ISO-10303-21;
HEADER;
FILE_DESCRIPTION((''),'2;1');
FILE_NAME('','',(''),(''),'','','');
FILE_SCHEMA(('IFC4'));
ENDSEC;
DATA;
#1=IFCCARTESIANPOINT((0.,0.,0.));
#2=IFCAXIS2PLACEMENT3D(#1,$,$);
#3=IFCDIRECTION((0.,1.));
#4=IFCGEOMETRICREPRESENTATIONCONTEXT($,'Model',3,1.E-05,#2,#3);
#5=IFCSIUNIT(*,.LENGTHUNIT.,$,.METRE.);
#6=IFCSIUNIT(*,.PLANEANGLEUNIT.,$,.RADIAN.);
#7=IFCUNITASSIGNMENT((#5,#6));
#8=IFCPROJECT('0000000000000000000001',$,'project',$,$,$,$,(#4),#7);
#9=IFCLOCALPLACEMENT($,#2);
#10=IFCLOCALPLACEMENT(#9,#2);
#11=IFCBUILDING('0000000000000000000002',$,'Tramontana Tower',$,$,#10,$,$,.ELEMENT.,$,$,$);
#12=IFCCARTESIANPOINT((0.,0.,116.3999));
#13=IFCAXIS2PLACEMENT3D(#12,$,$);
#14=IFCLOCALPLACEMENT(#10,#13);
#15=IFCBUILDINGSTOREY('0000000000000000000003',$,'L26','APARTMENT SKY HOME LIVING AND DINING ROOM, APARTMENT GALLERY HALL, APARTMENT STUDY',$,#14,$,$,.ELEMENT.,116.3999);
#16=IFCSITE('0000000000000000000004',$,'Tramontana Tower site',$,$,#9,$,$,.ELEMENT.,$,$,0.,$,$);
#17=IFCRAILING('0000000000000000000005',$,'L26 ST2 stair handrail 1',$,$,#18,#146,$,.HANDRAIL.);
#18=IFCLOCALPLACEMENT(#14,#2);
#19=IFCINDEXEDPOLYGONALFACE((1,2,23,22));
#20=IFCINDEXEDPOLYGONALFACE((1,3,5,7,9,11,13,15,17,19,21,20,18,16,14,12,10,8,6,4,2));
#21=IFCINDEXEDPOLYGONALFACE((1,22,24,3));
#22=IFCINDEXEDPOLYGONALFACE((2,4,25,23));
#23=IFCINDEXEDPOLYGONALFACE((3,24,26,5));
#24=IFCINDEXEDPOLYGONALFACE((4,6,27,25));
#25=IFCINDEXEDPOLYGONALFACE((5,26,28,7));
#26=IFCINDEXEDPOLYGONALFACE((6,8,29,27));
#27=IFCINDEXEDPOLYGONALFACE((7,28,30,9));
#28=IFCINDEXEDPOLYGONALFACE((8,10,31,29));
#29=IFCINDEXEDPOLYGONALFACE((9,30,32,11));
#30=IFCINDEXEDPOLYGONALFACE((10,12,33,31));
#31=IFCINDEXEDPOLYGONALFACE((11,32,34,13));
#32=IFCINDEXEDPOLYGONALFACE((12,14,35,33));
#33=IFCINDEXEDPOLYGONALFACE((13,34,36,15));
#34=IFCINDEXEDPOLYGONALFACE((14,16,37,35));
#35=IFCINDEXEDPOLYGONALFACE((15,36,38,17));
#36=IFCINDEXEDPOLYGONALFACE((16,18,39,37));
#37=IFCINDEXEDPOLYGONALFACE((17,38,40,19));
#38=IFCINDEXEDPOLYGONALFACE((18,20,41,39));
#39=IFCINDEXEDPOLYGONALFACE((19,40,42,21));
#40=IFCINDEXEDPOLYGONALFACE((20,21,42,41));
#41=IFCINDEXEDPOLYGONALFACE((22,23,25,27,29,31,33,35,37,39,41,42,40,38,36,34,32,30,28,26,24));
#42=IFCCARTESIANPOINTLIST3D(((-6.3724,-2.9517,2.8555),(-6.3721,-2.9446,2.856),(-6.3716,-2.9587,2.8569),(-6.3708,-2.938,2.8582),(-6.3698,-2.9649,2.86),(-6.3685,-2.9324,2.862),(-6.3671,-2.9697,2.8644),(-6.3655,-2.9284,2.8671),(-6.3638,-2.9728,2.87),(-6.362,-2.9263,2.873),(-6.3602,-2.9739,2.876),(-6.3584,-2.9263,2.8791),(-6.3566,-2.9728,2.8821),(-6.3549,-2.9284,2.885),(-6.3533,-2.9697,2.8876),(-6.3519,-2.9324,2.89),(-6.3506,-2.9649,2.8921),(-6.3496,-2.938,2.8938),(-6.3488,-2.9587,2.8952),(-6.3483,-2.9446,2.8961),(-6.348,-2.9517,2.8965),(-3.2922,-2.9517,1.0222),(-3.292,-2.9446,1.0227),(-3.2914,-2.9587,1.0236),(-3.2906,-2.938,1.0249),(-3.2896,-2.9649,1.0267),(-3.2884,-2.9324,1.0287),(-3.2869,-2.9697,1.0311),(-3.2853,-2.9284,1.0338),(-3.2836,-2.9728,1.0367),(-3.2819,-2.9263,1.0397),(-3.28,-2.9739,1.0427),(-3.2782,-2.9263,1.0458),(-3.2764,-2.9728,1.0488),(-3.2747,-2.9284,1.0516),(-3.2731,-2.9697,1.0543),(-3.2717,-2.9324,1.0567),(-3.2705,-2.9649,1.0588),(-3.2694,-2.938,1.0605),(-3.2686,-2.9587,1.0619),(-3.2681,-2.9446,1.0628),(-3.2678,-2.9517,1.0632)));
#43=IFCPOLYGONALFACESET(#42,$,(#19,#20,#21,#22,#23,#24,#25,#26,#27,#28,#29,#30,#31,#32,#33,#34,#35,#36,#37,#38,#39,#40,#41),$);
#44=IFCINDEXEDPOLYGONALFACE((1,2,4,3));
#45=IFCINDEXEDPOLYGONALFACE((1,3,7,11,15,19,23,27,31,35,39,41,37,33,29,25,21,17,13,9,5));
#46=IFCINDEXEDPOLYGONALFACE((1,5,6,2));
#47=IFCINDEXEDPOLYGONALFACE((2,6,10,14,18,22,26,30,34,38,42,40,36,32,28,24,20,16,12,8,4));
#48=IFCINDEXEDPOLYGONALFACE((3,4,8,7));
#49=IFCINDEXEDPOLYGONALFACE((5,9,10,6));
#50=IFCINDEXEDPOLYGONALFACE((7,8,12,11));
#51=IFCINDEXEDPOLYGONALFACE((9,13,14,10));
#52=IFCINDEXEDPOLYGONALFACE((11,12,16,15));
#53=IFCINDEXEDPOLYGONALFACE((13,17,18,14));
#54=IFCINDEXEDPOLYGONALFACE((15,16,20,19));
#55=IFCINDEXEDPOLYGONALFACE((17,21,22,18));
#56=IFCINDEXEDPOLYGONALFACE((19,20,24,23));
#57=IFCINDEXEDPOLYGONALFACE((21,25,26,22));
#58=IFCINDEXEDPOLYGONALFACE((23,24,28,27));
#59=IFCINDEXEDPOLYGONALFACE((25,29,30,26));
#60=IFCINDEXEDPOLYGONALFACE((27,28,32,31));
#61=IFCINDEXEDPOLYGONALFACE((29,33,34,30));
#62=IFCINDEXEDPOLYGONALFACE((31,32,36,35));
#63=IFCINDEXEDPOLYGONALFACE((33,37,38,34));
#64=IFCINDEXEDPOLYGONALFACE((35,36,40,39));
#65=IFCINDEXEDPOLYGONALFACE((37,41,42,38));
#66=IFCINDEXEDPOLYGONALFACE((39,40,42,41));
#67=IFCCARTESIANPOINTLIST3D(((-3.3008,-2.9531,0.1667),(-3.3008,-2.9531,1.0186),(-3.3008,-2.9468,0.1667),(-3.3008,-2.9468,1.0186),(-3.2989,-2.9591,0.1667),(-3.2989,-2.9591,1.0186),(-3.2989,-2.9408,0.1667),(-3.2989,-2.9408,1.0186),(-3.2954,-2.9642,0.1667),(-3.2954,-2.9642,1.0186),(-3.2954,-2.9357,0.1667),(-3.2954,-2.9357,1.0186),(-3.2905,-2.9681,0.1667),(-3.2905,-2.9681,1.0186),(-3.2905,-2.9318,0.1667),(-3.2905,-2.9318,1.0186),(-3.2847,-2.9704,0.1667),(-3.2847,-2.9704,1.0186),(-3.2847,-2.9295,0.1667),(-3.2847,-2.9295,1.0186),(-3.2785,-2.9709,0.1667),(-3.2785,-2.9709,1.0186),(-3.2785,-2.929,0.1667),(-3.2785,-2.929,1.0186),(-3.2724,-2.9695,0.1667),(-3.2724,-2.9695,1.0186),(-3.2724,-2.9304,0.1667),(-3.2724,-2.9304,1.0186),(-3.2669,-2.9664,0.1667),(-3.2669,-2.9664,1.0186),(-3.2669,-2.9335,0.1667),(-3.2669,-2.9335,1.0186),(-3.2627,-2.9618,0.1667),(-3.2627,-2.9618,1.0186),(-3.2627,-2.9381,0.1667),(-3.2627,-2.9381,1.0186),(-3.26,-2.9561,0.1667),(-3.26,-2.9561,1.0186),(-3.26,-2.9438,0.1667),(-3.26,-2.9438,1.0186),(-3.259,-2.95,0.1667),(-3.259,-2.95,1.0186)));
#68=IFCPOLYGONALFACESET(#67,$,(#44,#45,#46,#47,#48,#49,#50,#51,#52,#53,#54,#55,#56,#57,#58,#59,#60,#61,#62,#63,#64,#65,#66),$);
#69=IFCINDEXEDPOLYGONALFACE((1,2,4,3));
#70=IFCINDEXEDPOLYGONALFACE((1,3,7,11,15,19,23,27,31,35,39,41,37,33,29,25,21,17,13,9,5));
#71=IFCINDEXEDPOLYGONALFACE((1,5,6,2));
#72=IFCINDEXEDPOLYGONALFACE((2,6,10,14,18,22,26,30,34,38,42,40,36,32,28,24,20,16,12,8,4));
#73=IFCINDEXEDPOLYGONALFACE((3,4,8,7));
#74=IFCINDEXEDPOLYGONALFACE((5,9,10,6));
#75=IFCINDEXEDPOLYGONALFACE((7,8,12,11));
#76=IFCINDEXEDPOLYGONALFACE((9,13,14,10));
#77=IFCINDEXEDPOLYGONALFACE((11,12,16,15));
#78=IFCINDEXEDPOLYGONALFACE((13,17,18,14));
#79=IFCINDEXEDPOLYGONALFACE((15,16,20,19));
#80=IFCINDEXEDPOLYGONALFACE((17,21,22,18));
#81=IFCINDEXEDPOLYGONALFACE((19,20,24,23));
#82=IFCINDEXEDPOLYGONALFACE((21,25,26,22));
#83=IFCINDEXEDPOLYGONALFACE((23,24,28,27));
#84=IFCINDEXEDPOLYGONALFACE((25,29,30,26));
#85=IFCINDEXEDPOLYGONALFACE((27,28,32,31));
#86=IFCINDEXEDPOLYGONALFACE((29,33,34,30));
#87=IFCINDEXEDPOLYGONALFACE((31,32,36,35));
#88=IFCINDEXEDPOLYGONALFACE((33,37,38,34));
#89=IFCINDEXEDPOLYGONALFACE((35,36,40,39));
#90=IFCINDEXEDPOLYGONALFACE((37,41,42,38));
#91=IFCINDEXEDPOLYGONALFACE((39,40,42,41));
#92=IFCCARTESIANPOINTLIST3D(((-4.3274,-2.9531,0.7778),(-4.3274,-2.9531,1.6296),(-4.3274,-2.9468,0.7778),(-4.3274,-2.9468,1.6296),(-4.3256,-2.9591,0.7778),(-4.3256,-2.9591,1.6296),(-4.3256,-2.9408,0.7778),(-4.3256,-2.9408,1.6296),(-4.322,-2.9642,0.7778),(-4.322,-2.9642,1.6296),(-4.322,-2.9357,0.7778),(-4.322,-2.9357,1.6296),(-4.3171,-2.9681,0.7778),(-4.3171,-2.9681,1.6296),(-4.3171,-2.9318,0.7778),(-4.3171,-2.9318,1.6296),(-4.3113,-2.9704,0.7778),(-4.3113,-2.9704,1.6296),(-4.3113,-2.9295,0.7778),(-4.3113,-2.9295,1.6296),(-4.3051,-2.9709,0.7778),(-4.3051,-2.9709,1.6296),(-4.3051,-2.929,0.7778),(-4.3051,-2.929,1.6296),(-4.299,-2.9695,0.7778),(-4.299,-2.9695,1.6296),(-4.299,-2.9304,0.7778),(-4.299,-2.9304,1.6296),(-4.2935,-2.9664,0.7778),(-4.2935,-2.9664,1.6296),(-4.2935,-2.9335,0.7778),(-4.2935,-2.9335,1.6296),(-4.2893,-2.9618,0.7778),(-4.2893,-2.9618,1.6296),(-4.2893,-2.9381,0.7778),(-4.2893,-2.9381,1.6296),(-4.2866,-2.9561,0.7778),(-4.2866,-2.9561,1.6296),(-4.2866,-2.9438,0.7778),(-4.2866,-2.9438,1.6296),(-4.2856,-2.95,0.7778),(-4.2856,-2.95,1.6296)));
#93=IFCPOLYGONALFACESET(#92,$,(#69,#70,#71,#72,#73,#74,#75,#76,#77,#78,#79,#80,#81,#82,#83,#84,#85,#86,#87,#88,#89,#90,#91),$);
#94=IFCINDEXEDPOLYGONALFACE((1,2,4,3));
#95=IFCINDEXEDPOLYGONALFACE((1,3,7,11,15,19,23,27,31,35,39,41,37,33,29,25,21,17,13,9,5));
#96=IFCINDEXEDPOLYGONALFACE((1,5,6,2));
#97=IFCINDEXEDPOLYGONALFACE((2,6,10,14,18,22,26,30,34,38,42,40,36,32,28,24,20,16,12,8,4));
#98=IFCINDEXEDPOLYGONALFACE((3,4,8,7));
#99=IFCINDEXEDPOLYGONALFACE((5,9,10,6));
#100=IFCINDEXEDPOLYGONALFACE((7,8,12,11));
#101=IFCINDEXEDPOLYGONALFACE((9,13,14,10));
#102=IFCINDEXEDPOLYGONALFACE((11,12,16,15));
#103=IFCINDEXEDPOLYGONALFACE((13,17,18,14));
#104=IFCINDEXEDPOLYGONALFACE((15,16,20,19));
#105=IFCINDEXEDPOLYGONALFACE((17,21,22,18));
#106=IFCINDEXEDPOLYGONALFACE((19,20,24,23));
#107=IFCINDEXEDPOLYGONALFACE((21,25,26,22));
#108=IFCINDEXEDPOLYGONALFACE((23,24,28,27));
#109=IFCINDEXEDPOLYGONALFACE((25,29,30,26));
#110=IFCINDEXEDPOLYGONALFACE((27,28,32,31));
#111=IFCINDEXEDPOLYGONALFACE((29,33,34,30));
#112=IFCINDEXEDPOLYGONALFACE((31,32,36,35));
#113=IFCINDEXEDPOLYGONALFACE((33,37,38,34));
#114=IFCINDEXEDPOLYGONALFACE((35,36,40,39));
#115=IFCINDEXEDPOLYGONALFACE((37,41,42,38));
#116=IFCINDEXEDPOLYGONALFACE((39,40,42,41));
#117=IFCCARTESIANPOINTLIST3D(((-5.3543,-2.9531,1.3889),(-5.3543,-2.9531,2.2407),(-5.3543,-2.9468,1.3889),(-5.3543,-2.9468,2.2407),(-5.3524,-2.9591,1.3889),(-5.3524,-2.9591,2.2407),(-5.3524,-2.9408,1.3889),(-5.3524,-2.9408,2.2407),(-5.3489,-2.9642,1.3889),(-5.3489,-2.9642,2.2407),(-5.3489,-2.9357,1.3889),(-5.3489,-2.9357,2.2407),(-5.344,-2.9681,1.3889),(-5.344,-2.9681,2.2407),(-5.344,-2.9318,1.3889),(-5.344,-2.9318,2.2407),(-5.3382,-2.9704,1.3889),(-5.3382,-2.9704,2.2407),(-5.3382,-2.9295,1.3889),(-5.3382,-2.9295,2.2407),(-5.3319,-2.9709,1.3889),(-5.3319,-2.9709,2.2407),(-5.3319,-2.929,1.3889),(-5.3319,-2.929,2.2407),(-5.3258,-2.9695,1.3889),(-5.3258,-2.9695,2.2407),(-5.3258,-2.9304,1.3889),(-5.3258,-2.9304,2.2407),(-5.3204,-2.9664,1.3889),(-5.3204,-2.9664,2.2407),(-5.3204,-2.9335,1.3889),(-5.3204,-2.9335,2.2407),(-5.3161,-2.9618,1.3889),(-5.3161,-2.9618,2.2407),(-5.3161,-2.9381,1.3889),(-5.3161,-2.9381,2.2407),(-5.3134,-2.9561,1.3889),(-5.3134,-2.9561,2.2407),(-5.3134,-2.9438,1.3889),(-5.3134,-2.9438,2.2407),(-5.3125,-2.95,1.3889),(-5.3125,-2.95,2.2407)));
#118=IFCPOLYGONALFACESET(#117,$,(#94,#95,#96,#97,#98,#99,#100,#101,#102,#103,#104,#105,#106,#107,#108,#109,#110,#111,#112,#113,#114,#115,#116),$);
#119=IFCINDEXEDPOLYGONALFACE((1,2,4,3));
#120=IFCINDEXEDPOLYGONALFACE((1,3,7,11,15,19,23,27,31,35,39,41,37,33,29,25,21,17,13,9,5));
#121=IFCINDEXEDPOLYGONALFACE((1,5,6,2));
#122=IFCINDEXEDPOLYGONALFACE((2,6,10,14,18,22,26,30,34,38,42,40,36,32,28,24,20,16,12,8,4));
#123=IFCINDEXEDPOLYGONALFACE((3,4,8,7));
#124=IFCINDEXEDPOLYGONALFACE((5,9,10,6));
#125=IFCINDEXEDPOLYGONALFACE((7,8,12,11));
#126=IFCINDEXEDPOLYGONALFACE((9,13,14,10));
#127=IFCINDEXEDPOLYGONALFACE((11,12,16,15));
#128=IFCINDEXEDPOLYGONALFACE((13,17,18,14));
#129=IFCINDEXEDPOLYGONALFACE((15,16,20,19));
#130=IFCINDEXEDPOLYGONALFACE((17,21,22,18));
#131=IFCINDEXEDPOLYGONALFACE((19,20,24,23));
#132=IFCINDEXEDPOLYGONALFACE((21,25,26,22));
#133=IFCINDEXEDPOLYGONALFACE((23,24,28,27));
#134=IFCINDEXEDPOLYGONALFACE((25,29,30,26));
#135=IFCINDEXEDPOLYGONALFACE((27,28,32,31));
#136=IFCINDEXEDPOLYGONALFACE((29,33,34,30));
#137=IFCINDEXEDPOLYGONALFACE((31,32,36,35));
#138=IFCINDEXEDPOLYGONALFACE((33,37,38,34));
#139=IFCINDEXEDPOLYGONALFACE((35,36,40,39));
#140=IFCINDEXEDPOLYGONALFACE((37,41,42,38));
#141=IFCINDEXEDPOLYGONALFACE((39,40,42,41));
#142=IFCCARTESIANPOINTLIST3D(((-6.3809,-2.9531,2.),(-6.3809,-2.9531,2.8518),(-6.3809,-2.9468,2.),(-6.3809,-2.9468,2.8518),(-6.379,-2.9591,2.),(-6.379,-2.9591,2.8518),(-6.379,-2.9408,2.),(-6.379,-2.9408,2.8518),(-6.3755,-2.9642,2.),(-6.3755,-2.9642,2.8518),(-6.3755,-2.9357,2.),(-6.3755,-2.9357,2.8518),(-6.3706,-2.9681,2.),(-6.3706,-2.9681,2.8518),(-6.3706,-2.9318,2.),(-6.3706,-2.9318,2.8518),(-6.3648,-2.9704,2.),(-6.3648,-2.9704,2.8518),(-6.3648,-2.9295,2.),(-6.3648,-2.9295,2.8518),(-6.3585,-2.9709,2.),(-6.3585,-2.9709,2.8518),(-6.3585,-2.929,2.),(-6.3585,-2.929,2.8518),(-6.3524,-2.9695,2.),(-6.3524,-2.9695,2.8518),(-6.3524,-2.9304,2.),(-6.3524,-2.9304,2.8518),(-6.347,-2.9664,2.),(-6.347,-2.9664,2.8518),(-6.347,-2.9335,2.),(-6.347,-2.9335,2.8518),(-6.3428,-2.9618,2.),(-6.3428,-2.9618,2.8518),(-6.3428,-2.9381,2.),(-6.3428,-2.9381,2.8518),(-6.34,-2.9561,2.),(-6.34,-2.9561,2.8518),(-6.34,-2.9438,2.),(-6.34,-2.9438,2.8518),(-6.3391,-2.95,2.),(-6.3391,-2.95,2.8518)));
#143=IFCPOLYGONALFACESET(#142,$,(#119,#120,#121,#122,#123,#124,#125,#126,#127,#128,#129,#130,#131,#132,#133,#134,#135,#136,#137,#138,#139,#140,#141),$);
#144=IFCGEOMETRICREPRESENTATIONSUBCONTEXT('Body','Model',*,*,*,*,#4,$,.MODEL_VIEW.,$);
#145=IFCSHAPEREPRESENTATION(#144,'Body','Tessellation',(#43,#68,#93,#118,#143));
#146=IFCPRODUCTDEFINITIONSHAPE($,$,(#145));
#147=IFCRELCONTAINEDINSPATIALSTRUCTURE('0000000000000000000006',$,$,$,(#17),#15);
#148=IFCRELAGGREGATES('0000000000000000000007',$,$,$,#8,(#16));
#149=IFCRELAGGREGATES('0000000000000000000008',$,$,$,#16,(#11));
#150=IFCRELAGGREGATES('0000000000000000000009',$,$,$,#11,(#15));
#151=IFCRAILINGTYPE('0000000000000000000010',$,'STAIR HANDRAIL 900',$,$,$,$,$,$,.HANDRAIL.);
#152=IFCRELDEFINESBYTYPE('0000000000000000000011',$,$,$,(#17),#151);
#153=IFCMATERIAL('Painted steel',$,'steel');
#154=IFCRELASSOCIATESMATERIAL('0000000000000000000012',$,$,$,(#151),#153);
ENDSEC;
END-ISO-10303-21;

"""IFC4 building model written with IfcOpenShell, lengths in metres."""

from ifc_helpers import new_model, si_unit, direction, frame, origin, origin_2d, place, context, subcontext, project, spatial, circle, extrude, material, type_object, element, save


model = new_model("IFC4")

# Units and contexts
model_context = context("Model", 3, precision=1e-05, world=origin(), true_north=direction((0.0, 1.0)))
body_context = subcontext(model_context, "Body", "Model", "MODEL_VIEW")
ifc_project = project(units=[si_unit("LENGTHUNIT", "METRE"), si_unit("PLANEANGLEUNIT", "RADIAN")], contexts=[model_context])

# Site, building, storey
site_placement = place(None, origin())
site = spatial("IfcSite", under=ifc_project, at=site_placement, Name="Tramontana Tower site", CompositionType="ELEMENT", RefElevation=0.0)
building_placement = place(site_placement, origin())
building = spatial("IfcBuilding", under=site, at=building_placement, Name="Tramontana Tower", CompositionType="ELEMENT")
storey_placement = place(building_placement, frame((0.0, 0.0, 116.3999)))
storey = spatial("IfcBuildingStorey", under=building, at=storey_placement, Name="L26", Description="APARTMENT SKY HOME LIVING AND DINING ROOM, APARTMENT GALLERY HALL, APARTMENT STUDY", CompositionType="ELEMENT", Elevation=116.3999)

# Railing
ifc_material_1 = material(Name="Painted steel", Category="steel")
railing_type_1 = type_object("IfcRailingType", Name="STAIR HANDRAIL 900", PredefinedType="HANDRAIL", material=ifc_material_1)
railing_1_placement = place(storey_placement, frame((-3.28, -2.95, 0.1667)))
element("IfcRailing", 1, at=railing_1_placement, inside=storey, type_object=railing_type_1, Name="L26 ST2 stair handrail 1", PredefinedType="HANDRAIL", context=body_context, shape_type="SweptSolid", body=[
    extrude(circle(Radius=0.0239, at=origin_2d()), frame((0.0, 0.0, 0.876), z_axis=(-0.859309, 0.0, 0.511458), x_axis=(0.0, -1.0, 0.0)), (0.0, 0.0, 1.0), 3.5845),
    extrude(circle(Radius=0.021, at=origin_2d()), origin(), (0.0, 0.0, 1.0), 0.8518),
    extrude(circle(Radius=0.021, at=origin_2d()), frame((-1.0266, 0.0, 0.6111)), (0.0, 0.0, 1.0), 0.8518),
    extrude(circle(Radius=0.021, at=origin_2d()), frame((-2.0535, 0.0, 1.2222)), (0.0, 0.0, 1.0), 0.8518),
    extrude(circle(Radius=0.021, at=origin_2d()), frame((-3.0801, 0.0, 1.8333)), (0.0, 0.0, 1.0), 0.8518),
])

save(model, "model.ifc")
